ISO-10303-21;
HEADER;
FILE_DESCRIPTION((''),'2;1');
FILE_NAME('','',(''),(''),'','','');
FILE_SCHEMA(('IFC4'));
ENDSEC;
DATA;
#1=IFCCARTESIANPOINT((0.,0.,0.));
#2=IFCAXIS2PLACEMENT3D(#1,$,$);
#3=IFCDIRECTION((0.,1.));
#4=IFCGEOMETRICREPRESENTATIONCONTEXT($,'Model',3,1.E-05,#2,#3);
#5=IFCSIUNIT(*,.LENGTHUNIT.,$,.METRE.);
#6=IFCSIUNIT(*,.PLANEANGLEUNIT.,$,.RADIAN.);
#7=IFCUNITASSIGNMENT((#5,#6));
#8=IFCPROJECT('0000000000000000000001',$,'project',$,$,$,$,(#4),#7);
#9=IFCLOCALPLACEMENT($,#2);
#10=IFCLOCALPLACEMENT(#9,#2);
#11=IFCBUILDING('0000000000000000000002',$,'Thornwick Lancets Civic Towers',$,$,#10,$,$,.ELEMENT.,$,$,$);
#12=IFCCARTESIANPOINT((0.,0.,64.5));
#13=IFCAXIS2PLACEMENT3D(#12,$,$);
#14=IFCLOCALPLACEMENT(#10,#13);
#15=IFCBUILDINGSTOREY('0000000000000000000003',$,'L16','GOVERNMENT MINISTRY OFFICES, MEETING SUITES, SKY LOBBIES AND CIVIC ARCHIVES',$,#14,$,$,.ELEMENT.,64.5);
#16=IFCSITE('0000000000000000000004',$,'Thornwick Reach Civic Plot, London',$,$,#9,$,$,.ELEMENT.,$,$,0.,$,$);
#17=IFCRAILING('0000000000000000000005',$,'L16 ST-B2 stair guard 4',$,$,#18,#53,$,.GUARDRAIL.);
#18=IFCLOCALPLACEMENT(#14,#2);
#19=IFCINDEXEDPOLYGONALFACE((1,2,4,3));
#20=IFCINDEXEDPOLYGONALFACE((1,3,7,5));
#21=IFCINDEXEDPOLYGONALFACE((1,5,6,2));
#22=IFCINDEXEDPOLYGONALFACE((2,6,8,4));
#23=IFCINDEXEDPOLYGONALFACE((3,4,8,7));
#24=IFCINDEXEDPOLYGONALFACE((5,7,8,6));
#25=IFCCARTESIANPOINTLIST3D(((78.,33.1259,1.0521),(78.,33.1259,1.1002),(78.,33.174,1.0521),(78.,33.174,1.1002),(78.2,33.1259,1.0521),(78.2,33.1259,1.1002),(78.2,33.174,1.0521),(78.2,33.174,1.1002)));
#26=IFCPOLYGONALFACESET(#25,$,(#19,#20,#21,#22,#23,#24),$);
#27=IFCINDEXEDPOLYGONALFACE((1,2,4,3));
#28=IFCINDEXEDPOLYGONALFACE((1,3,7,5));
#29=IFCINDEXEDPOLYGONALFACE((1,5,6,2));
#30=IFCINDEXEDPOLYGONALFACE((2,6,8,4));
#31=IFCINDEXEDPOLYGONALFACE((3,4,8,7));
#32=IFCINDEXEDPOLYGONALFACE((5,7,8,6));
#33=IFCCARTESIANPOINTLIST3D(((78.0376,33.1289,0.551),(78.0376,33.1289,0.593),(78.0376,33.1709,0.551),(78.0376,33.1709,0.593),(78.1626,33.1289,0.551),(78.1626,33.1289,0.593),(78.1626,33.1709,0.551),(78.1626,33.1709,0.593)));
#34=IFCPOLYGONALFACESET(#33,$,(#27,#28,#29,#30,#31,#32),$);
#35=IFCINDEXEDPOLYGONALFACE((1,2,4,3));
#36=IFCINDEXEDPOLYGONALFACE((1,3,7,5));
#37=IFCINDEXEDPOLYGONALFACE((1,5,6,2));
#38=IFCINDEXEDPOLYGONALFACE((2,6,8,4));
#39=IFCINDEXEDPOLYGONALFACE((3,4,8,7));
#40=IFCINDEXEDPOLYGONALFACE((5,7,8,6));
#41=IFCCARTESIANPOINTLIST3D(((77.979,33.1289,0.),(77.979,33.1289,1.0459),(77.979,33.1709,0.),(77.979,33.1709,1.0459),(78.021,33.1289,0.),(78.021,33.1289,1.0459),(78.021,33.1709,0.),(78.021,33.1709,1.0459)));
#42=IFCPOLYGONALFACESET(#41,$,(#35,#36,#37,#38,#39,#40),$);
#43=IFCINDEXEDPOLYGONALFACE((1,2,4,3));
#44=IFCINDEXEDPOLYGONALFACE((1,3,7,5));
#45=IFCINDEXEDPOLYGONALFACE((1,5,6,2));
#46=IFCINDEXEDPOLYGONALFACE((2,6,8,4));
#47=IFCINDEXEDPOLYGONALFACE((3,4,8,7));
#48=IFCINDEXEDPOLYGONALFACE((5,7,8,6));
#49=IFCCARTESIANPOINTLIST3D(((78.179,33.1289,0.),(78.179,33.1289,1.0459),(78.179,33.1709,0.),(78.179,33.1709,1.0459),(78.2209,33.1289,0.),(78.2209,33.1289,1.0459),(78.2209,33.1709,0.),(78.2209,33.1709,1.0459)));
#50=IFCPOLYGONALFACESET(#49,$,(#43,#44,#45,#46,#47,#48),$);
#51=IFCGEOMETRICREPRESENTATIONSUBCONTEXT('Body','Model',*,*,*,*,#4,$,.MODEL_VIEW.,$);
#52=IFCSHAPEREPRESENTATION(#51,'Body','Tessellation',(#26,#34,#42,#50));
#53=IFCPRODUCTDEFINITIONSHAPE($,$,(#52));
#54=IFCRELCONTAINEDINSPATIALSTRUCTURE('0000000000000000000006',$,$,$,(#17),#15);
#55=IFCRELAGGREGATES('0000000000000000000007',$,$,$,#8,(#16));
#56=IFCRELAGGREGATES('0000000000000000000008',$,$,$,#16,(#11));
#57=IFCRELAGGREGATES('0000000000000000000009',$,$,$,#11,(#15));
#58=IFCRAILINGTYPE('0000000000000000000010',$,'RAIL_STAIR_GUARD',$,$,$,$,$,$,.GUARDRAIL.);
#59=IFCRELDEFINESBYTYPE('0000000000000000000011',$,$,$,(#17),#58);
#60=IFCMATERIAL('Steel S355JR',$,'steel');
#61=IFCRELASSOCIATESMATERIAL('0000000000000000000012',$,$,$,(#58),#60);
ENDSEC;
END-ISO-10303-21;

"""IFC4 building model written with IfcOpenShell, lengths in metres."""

from ifc_helpers import new_model, si_unit, direction, frame, origin, origin_2d, place, context, subcontext, project, spatial, rectangle, extrude, material, type_object, element, save


model = new_model("IFC4")

# Units and contexts
model_context = context("Model", 3, precision=1e-05, world=origin(), true_north=direction((0.0, 1.0)))
body_context = subcontext(model_context, "Body", "Model", "MODEL_VIEW")
ifc_project = project(units=[si_unit("LENGTHUNIT", "METRE"), si_unit("PLANEANGLEUNIT", "RADIAN")], contexts=[model_context])

# Site, building, storey
site_placement = place(None, origin())
site = spatial("IfcSite", under=ifc_project, at=site_placement, Name="Thornwick Reach Civic Plot, London", CompositionType="ELEMENT", RefElevation=0.0)
building_placement = place(site_placement, origin())
building = spatial("IfcBuilding", under=site, at=building_placement, Name="Thornwick Lancets Civic Towers", CompositionType="ELEMENT")
storey_placement = place(building_placement, frame((0.0, 0.0, 64.5)))
storey = spatial("IfcBuildingStorey", under=building, at=storey_placement, Name="L16", Description="GOVERNMENT MINISTRY OFFICES, MEETING SUITES, SKY LOBBIES AND CIVIC ARCHIVES", CompositionType="ELEMENT", Elevation=64.5)

# Shared definitions
ifc_material_1 = material(Name="Steel S355JR", Category="steel")

# Railing
railing_type_1 = type_object("IfcRailingType", Name="RAIL_STAIR_GUARD", PredefinedType="GUARDRAIL", material=ifc_material_1)
railing_1_placement = place(storey_placement, frame((78.0, 33.1499, 0.0)))
element("IfcRailing", 1, at=railing_1_placement, inside=storey, type_object=railing_type_1, Name="L16 ST-B2 stair guard 4", PredefinedType="GUARDRAIL", context=body_context, shape_type="SweptSolid", body=[
    extrude(rectangle(XDim=0.0481, YDim=0.0481, at=origin_2d()), frame((0.0, 0.0, 1.0762), z_axis=(1.0, 0.0, 0.0), x_axis=(0.0, 1.0, 0.0)), (0.0, 0.0, 1.0), 0.2),
    extrude(rectangle(XDim=0.042, YDim=0.042, at=origin_2d()), frame((0.0376, 0.0, 0.572), z_axis=(1.0, 0.0, 0.0), x_axis=(0.0, 1.0, 0.0)), (0.0, 0.0, 1.0), 0.125),
    extrude(rectangle(XDim=0.042, YDim=0.042, at=origin_2d()), origin(), (0.0, 0.0, 1.0), 1.0459),
    extrude(rectangle(XDim=0.042, YDim=0.042, at=origin_2d()), frame((0.2, 0.0, 0.0)), (0.0, 0.0, 1.0), 1.0459),
])

save(model, "model.ifc")
